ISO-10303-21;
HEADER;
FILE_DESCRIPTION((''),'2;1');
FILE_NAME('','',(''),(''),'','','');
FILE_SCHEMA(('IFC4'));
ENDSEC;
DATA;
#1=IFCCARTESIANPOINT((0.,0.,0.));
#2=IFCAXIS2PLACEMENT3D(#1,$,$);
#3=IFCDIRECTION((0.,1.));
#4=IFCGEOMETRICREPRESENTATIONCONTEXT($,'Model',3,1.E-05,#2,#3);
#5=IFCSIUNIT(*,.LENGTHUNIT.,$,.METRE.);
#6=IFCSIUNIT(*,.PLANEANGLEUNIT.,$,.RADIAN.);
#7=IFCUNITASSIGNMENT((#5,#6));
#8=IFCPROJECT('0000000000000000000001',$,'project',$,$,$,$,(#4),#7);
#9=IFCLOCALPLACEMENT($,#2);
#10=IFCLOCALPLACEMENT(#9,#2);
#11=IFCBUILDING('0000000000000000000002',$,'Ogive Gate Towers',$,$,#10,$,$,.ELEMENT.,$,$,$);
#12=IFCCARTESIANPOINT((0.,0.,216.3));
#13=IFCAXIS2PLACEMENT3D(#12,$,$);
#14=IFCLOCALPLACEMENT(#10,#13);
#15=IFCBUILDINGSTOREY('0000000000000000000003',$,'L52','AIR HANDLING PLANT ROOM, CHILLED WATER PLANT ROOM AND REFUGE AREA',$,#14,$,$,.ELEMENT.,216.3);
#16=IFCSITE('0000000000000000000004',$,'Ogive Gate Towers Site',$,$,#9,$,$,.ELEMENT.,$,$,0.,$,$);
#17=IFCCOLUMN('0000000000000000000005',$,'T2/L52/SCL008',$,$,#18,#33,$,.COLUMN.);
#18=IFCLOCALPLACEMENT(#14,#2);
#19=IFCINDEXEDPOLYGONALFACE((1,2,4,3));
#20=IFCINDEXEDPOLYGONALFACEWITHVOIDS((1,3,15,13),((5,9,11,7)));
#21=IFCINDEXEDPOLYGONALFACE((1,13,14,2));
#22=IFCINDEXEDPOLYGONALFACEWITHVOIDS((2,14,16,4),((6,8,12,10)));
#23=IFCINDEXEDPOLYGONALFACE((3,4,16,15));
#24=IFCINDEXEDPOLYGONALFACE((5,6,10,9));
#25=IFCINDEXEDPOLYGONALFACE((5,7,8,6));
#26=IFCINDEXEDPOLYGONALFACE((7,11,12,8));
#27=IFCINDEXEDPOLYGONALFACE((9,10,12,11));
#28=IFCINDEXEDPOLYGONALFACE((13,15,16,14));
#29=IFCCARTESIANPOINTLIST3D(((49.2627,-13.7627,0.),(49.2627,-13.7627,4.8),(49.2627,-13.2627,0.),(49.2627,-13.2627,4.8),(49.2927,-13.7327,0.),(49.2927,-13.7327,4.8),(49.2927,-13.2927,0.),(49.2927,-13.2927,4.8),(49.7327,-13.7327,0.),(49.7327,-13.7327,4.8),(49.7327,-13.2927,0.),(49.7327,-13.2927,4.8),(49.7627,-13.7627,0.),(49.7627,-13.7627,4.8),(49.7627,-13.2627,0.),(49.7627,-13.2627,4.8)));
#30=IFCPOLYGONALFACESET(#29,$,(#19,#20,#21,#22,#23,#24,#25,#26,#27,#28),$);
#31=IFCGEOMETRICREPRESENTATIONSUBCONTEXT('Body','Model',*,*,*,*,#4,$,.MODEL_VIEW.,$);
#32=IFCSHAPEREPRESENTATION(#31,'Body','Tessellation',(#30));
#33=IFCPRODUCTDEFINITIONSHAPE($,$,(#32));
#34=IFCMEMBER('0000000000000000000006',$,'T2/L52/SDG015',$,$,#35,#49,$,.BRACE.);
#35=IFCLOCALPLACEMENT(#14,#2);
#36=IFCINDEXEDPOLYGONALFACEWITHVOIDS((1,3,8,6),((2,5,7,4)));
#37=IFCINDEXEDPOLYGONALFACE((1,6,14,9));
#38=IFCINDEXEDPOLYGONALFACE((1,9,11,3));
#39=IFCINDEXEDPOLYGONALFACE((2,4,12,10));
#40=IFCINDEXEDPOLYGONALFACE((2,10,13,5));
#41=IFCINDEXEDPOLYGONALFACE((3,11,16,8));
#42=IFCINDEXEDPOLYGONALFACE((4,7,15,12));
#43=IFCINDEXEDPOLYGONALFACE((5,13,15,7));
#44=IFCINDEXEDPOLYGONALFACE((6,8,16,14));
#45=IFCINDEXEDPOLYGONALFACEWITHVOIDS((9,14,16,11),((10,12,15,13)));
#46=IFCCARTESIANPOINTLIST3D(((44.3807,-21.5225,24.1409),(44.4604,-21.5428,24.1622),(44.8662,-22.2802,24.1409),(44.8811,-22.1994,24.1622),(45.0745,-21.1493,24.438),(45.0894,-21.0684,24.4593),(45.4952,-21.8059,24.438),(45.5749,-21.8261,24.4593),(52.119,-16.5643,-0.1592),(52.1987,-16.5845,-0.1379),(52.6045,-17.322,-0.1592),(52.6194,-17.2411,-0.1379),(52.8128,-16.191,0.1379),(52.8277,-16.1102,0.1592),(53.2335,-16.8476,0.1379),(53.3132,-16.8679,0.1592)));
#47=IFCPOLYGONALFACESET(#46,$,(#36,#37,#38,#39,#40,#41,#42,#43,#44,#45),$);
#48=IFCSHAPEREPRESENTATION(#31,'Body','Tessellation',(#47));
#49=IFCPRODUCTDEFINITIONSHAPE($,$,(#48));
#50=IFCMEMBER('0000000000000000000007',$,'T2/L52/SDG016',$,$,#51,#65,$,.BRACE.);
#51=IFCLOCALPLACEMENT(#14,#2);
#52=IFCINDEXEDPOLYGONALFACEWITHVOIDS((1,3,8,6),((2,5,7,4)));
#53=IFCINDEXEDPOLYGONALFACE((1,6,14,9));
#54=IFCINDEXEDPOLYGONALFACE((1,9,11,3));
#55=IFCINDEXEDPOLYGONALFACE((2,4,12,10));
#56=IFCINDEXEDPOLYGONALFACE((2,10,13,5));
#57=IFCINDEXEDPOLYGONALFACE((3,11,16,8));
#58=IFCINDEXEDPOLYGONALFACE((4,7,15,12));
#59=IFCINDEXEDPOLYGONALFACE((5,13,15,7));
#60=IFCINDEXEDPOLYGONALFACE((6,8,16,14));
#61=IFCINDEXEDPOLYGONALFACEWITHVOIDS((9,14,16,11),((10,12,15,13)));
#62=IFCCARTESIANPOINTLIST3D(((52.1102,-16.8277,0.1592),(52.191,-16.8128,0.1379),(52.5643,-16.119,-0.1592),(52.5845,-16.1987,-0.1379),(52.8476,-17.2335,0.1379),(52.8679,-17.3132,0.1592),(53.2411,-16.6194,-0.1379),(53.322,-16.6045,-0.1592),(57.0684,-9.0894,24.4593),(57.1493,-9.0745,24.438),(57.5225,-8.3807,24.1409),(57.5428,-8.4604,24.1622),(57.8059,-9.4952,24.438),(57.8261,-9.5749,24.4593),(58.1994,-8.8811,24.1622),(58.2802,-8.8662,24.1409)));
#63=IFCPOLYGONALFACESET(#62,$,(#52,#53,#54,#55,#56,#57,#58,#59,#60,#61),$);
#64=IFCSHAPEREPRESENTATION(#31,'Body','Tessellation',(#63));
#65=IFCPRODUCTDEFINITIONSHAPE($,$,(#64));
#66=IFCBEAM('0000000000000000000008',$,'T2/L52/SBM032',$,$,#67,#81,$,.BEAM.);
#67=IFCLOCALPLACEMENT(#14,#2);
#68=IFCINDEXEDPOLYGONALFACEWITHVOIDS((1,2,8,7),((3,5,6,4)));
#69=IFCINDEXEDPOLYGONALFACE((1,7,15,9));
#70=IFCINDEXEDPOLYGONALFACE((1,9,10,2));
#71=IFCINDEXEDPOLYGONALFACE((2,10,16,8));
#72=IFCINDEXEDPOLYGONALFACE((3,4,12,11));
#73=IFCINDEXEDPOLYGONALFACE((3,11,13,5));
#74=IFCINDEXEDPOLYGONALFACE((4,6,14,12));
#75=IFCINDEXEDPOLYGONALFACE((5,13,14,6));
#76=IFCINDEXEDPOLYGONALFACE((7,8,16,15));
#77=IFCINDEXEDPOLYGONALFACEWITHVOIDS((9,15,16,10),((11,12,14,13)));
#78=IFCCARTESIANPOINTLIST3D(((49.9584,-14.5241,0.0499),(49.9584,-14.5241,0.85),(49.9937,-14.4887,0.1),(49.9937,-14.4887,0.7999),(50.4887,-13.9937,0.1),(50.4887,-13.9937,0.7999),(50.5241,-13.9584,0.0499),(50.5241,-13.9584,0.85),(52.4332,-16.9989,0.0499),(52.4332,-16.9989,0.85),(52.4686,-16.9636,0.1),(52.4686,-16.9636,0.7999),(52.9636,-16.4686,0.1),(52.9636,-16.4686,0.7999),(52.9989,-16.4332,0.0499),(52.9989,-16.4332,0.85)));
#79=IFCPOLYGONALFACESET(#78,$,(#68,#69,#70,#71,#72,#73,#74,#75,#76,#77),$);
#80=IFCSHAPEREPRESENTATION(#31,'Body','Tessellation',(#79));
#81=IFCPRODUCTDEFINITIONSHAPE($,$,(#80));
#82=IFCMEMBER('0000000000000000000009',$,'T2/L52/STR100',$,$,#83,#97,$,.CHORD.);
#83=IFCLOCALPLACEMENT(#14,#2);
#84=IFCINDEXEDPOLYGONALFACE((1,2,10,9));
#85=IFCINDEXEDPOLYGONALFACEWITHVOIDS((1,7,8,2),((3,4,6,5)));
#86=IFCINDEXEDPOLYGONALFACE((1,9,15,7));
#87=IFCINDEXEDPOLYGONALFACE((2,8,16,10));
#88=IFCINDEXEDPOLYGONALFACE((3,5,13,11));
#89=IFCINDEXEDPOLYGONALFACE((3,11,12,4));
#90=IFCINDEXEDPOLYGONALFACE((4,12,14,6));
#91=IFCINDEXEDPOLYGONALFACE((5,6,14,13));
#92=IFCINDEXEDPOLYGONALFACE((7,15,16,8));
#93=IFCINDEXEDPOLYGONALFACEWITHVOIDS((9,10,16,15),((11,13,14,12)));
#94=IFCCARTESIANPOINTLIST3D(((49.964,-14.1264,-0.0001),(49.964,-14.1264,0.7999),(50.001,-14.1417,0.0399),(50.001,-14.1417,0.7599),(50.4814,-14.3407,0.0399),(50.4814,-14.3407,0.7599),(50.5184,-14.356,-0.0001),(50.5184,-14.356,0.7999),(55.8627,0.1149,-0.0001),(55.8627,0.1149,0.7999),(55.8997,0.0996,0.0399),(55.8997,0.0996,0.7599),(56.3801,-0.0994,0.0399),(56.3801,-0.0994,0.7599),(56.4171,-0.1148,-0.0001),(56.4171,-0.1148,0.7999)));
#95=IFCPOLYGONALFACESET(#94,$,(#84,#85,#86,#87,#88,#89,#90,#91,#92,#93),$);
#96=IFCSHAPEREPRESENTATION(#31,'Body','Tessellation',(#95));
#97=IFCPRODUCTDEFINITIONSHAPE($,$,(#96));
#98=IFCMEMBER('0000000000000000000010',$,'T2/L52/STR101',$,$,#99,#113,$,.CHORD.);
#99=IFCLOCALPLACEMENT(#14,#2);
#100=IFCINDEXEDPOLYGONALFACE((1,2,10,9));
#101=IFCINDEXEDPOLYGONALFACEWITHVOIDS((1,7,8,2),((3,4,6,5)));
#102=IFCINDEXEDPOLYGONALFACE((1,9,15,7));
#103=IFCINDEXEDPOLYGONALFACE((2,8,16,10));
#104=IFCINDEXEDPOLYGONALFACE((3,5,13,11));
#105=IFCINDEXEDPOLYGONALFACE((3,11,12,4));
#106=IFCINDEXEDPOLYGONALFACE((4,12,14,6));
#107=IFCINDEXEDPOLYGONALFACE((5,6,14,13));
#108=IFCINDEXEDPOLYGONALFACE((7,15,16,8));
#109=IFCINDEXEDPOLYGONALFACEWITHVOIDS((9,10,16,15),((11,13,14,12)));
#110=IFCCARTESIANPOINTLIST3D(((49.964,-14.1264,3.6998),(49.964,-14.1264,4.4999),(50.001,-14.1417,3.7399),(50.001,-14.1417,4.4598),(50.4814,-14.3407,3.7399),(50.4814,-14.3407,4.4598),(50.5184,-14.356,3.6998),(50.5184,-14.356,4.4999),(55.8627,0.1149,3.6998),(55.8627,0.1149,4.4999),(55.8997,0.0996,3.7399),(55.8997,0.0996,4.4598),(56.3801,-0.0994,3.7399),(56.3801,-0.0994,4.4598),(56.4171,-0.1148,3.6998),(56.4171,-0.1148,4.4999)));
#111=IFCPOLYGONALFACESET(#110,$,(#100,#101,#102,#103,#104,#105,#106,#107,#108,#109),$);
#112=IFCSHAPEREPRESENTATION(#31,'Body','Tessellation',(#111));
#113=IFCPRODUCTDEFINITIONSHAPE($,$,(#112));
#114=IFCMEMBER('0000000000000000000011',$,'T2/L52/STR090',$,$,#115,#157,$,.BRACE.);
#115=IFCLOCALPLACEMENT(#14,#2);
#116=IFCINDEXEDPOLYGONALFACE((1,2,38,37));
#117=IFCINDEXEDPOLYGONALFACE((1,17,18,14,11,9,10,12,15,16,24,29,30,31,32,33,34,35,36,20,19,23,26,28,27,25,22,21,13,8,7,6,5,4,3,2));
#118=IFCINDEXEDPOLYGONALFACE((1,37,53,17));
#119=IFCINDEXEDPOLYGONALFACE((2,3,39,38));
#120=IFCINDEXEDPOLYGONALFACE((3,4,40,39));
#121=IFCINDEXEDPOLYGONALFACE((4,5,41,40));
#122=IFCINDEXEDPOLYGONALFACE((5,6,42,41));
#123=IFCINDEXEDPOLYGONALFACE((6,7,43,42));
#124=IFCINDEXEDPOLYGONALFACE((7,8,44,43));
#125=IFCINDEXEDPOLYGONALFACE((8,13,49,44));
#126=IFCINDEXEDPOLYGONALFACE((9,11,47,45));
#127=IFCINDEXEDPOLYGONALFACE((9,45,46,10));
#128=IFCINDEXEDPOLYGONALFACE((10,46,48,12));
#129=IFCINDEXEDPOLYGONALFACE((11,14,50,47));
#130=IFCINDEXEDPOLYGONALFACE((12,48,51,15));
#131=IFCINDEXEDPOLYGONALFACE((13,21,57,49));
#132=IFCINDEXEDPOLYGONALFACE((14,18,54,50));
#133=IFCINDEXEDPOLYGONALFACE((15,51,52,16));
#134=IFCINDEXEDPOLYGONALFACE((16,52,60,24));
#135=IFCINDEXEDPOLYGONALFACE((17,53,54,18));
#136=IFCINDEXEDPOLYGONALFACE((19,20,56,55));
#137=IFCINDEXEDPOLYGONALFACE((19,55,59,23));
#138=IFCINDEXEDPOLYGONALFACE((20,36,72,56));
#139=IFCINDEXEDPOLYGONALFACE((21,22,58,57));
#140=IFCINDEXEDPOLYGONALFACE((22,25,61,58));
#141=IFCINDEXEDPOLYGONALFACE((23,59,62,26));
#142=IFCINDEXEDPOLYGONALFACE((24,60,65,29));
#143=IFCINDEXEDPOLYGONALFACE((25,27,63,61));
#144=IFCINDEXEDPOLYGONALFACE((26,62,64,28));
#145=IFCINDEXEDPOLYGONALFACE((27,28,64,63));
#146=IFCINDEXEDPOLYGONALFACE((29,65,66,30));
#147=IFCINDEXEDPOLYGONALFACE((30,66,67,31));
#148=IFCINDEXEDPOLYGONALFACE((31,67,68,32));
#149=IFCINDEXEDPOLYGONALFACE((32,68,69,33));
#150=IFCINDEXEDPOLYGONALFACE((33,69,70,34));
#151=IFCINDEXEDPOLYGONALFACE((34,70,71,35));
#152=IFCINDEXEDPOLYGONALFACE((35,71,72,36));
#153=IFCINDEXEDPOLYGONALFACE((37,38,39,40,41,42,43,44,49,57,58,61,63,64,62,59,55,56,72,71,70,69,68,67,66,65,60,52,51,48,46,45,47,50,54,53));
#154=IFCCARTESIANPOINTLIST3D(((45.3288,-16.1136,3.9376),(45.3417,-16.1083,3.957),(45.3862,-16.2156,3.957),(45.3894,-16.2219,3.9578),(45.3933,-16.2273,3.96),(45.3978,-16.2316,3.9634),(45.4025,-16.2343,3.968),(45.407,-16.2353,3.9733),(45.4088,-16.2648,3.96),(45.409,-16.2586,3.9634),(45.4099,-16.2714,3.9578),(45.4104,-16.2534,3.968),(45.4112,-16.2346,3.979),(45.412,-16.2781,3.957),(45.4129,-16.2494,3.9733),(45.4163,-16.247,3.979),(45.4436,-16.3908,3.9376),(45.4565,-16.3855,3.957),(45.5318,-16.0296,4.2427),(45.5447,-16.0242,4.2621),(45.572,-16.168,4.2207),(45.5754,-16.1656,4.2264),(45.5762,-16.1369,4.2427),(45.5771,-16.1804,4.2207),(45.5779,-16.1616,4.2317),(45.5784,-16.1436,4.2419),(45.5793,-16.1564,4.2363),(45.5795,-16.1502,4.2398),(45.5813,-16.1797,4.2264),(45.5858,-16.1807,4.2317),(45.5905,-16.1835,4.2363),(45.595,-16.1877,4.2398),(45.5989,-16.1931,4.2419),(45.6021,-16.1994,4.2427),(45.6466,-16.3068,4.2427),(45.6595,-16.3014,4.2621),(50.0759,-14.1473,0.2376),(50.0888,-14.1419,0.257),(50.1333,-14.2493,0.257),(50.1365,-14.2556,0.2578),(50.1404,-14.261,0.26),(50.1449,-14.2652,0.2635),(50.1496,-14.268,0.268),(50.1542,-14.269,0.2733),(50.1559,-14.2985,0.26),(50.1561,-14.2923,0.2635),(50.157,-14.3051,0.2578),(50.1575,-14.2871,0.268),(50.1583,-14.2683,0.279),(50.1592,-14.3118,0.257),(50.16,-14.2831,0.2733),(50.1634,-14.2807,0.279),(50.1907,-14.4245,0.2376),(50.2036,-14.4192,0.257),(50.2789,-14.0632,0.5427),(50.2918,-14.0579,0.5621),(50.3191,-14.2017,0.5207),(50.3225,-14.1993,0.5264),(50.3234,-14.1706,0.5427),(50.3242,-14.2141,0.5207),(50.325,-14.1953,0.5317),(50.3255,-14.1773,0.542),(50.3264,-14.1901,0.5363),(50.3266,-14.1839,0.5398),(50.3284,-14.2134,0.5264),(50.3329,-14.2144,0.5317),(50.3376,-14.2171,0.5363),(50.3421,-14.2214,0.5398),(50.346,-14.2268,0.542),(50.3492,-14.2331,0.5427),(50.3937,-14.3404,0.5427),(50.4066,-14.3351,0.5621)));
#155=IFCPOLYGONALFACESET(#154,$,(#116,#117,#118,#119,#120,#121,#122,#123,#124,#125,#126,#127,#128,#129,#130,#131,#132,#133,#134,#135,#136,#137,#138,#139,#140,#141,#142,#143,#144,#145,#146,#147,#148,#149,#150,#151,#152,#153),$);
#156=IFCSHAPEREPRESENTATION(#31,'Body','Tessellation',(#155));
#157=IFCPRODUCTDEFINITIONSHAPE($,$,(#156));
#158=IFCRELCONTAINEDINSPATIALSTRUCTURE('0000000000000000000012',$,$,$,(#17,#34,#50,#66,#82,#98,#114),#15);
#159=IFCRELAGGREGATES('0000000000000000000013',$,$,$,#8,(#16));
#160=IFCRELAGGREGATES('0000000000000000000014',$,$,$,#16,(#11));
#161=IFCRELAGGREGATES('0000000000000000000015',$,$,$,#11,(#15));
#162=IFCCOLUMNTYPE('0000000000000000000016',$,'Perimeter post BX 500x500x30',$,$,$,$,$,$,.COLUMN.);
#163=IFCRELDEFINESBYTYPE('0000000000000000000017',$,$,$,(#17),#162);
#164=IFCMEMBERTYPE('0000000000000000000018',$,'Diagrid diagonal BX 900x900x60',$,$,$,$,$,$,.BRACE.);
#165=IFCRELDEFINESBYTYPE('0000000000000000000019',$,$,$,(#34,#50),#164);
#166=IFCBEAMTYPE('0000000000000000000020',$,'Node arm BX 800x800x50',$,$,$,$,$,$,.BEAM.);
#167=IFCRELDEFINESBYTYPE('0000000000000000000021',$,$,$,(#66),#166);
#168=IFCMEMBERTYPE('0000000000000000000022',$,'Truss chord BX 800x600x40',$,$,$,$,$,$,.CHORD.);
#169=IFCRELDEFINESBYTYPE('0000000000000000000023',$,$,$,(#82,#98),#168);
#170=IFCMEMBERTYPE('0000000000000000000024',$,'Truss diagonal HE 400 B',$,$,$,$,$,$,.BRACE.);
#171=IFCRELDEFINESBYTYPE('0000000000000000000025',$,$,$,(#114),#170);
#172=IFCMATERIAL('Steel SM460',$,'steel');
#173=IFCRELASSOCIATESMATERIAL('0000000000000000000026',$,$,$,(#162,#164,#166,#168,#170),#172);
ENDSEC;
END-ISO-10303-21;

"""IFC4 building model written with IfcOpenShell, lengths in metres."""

from ifc_helpers import new_model, si_unit, direction, frame, origin, origin_2d, place, context, subcontext, project, spatial, hollow_rectangle, i_section, extrude, material, material_profile, profile_set, type_object, element, save


model = new_model("IFC4")

# Units and contexts
model_context = context("Model", 3, precision=1e-05, world=origin(), true_north=direction((0.0, 1.0)))
body_context = subcontext(model_context, "Body", "Model", "MODEL_VIEW")
ifc_project = project(units=[si_unit("LENGTHUNIT", "METRE"), si_unit("PLANEANGLEUNIT", "RADIAN")], contexts=[model_context])

# Site, building, storey
site_placement = place(None, origin())
site = spatial("IfcSite", under=ifc_project, at=site_placement, Name="Ogive Gate Towers Site", CompositionType="ELEMENT", RefElevation=0.0)
building_placement = place(site_placement, origin())
building = spatial("IfcBuilding", under=site, at=building_placement, Name="Ogive Gate Towers", CompositionType="ELEMENT")
storey_placement = place(building_placement, frame((0.0, 0.0, 216.3)))
storey = spatial("IfcBuildingStorey", under=building, at=storey_placement, Name="L52", Description="AIR HANDLING PLANT ROOM, CHILLED WATER PLANT ROOM AND REFUGE AREA", CompositionType="ELEMENT", Elevation=216.3)

# Column
ifc_material_1 = material(Name="Steel SM460", Category="steel")
ifc_material_profile_1 = material_profile(ifc_material_1, hollow_rectangle(XDim=0.5, YDim=0.5, WallThickness=0.03, at=origin_2d()), Name="BX 500x500x30")
ifc_profile_set_1 = profile_set([ifc_material_profile_1], Name="Steel SM460")
column_type = type_object("IfcColumnType", Name="Perimeter post BX 500x500x30", PredefinedType="COLUMN", material=ifc_profile_set_1)
column_placement = place(storey_placement, frame((49.5127, -13.5127, 0.0), z_axis=(0.0, 0.0, 1.0), x_axis=(1.0, 0.0, 0.0)))
element("IfcColumn", 1, at=column_placement, inside=storey, type_object=column_type, Name="T2/L52/SCL008", PredefinedType="COLUMN", context=body_context, shape_type="SweptSolid", body=[
    extrude(hollow_rectangle(XDim=0.5, YDim=0.5, WallThickness=0.03, at=origin_2d()), origin(), (0.0, 0.0, 1.0), 4.8),
])

# Members
ifc_material_profile_2 = material_profile(ifc_material_1, hollow_rectangle(XDim=0.8999, YDim=0.8999, WallThickness=0.0601, at=origin_2d()), Name="BX 900x900x60")
ifc_profile_set_2 = profile_set([ifc_material_profile_2], Name="Steel SM460")
member_type_1 = type_object("IfcMemberType", Name="Diagrid diagonal BX 900x900x60", PredefinedType="BRACE", material=ifc_profile_set_2)
for number, where, z_axis, x_axis, name in (
    (2, (52.7161, -16.7161, 0.0), (-0.297856, -0.190849, 0.935339), (0.539498, -0.841987, 0.0), "T2/L52/SDG015"),
    (3, (52.7161, -16.7161, 0.0), (0.190849, 0.297856, 0.935339), (-0.841987, 0.539498, 0.0), "T2/L52/SDG016"),
):
    element("IfcMember", number, at=place(storey_placement, frame(where, z_axis=z_axis, x_axis=x_axis)), inside=storey, type_object=member_type_1, Name=name, PredefinedType="BRACE", context=body_context, shape_type="SweptSolid", body=[
        extrude(hollow_rectangle(XDim=0.8999, YDim=0.8999, WallThickness=0.0601, at=origin_2d()), origin(), (0.0, 0.0, 1.0), 25.98),
    ])

# Beam
ifc_material_profile_3 = material_profile(ifc_material_1, hollow_rectangle(XDim=0.8, YDim=0.8, WallThickness=0.05, at=origin_2d()), Name="BX 800x800x50")
ifc_profile_set_3 = profile_set([ifc_material_profile_3], Name="Steel SM460")
beam_type = type_object("IfcBeamType", Name="Node arm BX 800x800x50", PredefinedType="BEAM", material=ifc_profile_set_3)
beam_placement = place(storey_placement, frame((50.2412, -14.2412, 0.45), z_axis=(0.707107, -0.707107, 0.0), x_axis=(0.707107, 0.707107, 0.0)))
element("IfcBeam", 4, at=beam_placement, inside=storey, type_object=beam_type, Name="T2/L52/SBM032", PredefinedType="BEAM", context=body_context, shape_type="SweptSolid", body=[
    extrude(hollow_rectangle(XDim=0.8, YDim=0.8, WallThickness=0.05, at=origin_2d()), origin(), (0.0, 0.0, 1.0), 3.5),
])

# Members
ifc_material_profile_4 = material_profile(ifc_material_1, hollow_rectangle(XDim=0.6001, YDim=0.8, WallThickness=0.04, at=origin_2d()), Name="BX 800x600x40")
ifc_profile_set_4 = profile_set([ifc_material_profile_4], Name="Steel SM460")
member_type_2 = type_object("IfcMemberType", Name="Truss chord BX 800x600x40", PredefinedType="CHORD", material=ifc_profile_set_4)
for number, where, z_axis, x_axis, name in (
    (5, (50.2412, -14.2412, 0.3999), (0.382671, 0.923885, 0.0), (-0.923885, 0.382671, 0.0), "T2/L52/STR100"),
    (6, (50.2412, -14.2412, 4.0999), (0.382671, 0.923885, 0.0), (-0.923885, 0.382671, 0.0), "T2/L52/STR101"),
):
    element("IfcMember", number, at=place(storey_placement, frame(where, z_axis=z_axis, x_axis=x_axis)), inside=storey, type_object=member_type_2, Name=name, PredefinedType="CHORD", context=body_context, shape_type="SweptSolid", body=[
        extrude(hollow_rectangle(XDim=0.6001, YDim=0.8, WallThickness=0.04, at=origin_2d()), origin(), (0.0, 0.0, 1.0), 15.4146),
    ])
ifc_material_profile_5 = material_profile(ifc_material_1, i_section(OverallWidth=0.3, OverallDepth=0.3999, WebThickness=0.0134, FlangeThickness=0.0239, FilletRadius=0.0271, at=origin_2d()), Name="HE 400 B")
ifc_profile_set_5 = profile_set([ifc_material_profile_5], Name="Steel SM460")
member_type_3 = type_object("IfcMemberType", Name="Truss diagonal HE 400 B", PredefinedType="BRACE", material=ifc_profile_set_5)
for number, where, z_axis, x_axis, name in (
    (7, (45.4941, -16.2075, 4.0999), (0.749728, 0.310549, -0.584352), (-0.382685, 0.923879, 0.0), "T2/L52/STR090"),
):
    element("IfcMember", number, at=place(storey_placement, frame(where, z_axis=z_axis, x_axis=x_axis)), inside=storey, type_object=member_type_3, Name=name, PredefinedType="BRACE", context=body_context, shape_type="SweptSolid", body=[
        extrude(i_section(OverallWidth=0.3, OverallDepth=0.3999, WebThickness=0.0134, FlangeThickness=0.0239, FilletRadius=0.0271, at=origin_2d()), origin(), (0.0, 0.0, 1.0), 6.3318),
    ])

save(model, "model.ifc")
